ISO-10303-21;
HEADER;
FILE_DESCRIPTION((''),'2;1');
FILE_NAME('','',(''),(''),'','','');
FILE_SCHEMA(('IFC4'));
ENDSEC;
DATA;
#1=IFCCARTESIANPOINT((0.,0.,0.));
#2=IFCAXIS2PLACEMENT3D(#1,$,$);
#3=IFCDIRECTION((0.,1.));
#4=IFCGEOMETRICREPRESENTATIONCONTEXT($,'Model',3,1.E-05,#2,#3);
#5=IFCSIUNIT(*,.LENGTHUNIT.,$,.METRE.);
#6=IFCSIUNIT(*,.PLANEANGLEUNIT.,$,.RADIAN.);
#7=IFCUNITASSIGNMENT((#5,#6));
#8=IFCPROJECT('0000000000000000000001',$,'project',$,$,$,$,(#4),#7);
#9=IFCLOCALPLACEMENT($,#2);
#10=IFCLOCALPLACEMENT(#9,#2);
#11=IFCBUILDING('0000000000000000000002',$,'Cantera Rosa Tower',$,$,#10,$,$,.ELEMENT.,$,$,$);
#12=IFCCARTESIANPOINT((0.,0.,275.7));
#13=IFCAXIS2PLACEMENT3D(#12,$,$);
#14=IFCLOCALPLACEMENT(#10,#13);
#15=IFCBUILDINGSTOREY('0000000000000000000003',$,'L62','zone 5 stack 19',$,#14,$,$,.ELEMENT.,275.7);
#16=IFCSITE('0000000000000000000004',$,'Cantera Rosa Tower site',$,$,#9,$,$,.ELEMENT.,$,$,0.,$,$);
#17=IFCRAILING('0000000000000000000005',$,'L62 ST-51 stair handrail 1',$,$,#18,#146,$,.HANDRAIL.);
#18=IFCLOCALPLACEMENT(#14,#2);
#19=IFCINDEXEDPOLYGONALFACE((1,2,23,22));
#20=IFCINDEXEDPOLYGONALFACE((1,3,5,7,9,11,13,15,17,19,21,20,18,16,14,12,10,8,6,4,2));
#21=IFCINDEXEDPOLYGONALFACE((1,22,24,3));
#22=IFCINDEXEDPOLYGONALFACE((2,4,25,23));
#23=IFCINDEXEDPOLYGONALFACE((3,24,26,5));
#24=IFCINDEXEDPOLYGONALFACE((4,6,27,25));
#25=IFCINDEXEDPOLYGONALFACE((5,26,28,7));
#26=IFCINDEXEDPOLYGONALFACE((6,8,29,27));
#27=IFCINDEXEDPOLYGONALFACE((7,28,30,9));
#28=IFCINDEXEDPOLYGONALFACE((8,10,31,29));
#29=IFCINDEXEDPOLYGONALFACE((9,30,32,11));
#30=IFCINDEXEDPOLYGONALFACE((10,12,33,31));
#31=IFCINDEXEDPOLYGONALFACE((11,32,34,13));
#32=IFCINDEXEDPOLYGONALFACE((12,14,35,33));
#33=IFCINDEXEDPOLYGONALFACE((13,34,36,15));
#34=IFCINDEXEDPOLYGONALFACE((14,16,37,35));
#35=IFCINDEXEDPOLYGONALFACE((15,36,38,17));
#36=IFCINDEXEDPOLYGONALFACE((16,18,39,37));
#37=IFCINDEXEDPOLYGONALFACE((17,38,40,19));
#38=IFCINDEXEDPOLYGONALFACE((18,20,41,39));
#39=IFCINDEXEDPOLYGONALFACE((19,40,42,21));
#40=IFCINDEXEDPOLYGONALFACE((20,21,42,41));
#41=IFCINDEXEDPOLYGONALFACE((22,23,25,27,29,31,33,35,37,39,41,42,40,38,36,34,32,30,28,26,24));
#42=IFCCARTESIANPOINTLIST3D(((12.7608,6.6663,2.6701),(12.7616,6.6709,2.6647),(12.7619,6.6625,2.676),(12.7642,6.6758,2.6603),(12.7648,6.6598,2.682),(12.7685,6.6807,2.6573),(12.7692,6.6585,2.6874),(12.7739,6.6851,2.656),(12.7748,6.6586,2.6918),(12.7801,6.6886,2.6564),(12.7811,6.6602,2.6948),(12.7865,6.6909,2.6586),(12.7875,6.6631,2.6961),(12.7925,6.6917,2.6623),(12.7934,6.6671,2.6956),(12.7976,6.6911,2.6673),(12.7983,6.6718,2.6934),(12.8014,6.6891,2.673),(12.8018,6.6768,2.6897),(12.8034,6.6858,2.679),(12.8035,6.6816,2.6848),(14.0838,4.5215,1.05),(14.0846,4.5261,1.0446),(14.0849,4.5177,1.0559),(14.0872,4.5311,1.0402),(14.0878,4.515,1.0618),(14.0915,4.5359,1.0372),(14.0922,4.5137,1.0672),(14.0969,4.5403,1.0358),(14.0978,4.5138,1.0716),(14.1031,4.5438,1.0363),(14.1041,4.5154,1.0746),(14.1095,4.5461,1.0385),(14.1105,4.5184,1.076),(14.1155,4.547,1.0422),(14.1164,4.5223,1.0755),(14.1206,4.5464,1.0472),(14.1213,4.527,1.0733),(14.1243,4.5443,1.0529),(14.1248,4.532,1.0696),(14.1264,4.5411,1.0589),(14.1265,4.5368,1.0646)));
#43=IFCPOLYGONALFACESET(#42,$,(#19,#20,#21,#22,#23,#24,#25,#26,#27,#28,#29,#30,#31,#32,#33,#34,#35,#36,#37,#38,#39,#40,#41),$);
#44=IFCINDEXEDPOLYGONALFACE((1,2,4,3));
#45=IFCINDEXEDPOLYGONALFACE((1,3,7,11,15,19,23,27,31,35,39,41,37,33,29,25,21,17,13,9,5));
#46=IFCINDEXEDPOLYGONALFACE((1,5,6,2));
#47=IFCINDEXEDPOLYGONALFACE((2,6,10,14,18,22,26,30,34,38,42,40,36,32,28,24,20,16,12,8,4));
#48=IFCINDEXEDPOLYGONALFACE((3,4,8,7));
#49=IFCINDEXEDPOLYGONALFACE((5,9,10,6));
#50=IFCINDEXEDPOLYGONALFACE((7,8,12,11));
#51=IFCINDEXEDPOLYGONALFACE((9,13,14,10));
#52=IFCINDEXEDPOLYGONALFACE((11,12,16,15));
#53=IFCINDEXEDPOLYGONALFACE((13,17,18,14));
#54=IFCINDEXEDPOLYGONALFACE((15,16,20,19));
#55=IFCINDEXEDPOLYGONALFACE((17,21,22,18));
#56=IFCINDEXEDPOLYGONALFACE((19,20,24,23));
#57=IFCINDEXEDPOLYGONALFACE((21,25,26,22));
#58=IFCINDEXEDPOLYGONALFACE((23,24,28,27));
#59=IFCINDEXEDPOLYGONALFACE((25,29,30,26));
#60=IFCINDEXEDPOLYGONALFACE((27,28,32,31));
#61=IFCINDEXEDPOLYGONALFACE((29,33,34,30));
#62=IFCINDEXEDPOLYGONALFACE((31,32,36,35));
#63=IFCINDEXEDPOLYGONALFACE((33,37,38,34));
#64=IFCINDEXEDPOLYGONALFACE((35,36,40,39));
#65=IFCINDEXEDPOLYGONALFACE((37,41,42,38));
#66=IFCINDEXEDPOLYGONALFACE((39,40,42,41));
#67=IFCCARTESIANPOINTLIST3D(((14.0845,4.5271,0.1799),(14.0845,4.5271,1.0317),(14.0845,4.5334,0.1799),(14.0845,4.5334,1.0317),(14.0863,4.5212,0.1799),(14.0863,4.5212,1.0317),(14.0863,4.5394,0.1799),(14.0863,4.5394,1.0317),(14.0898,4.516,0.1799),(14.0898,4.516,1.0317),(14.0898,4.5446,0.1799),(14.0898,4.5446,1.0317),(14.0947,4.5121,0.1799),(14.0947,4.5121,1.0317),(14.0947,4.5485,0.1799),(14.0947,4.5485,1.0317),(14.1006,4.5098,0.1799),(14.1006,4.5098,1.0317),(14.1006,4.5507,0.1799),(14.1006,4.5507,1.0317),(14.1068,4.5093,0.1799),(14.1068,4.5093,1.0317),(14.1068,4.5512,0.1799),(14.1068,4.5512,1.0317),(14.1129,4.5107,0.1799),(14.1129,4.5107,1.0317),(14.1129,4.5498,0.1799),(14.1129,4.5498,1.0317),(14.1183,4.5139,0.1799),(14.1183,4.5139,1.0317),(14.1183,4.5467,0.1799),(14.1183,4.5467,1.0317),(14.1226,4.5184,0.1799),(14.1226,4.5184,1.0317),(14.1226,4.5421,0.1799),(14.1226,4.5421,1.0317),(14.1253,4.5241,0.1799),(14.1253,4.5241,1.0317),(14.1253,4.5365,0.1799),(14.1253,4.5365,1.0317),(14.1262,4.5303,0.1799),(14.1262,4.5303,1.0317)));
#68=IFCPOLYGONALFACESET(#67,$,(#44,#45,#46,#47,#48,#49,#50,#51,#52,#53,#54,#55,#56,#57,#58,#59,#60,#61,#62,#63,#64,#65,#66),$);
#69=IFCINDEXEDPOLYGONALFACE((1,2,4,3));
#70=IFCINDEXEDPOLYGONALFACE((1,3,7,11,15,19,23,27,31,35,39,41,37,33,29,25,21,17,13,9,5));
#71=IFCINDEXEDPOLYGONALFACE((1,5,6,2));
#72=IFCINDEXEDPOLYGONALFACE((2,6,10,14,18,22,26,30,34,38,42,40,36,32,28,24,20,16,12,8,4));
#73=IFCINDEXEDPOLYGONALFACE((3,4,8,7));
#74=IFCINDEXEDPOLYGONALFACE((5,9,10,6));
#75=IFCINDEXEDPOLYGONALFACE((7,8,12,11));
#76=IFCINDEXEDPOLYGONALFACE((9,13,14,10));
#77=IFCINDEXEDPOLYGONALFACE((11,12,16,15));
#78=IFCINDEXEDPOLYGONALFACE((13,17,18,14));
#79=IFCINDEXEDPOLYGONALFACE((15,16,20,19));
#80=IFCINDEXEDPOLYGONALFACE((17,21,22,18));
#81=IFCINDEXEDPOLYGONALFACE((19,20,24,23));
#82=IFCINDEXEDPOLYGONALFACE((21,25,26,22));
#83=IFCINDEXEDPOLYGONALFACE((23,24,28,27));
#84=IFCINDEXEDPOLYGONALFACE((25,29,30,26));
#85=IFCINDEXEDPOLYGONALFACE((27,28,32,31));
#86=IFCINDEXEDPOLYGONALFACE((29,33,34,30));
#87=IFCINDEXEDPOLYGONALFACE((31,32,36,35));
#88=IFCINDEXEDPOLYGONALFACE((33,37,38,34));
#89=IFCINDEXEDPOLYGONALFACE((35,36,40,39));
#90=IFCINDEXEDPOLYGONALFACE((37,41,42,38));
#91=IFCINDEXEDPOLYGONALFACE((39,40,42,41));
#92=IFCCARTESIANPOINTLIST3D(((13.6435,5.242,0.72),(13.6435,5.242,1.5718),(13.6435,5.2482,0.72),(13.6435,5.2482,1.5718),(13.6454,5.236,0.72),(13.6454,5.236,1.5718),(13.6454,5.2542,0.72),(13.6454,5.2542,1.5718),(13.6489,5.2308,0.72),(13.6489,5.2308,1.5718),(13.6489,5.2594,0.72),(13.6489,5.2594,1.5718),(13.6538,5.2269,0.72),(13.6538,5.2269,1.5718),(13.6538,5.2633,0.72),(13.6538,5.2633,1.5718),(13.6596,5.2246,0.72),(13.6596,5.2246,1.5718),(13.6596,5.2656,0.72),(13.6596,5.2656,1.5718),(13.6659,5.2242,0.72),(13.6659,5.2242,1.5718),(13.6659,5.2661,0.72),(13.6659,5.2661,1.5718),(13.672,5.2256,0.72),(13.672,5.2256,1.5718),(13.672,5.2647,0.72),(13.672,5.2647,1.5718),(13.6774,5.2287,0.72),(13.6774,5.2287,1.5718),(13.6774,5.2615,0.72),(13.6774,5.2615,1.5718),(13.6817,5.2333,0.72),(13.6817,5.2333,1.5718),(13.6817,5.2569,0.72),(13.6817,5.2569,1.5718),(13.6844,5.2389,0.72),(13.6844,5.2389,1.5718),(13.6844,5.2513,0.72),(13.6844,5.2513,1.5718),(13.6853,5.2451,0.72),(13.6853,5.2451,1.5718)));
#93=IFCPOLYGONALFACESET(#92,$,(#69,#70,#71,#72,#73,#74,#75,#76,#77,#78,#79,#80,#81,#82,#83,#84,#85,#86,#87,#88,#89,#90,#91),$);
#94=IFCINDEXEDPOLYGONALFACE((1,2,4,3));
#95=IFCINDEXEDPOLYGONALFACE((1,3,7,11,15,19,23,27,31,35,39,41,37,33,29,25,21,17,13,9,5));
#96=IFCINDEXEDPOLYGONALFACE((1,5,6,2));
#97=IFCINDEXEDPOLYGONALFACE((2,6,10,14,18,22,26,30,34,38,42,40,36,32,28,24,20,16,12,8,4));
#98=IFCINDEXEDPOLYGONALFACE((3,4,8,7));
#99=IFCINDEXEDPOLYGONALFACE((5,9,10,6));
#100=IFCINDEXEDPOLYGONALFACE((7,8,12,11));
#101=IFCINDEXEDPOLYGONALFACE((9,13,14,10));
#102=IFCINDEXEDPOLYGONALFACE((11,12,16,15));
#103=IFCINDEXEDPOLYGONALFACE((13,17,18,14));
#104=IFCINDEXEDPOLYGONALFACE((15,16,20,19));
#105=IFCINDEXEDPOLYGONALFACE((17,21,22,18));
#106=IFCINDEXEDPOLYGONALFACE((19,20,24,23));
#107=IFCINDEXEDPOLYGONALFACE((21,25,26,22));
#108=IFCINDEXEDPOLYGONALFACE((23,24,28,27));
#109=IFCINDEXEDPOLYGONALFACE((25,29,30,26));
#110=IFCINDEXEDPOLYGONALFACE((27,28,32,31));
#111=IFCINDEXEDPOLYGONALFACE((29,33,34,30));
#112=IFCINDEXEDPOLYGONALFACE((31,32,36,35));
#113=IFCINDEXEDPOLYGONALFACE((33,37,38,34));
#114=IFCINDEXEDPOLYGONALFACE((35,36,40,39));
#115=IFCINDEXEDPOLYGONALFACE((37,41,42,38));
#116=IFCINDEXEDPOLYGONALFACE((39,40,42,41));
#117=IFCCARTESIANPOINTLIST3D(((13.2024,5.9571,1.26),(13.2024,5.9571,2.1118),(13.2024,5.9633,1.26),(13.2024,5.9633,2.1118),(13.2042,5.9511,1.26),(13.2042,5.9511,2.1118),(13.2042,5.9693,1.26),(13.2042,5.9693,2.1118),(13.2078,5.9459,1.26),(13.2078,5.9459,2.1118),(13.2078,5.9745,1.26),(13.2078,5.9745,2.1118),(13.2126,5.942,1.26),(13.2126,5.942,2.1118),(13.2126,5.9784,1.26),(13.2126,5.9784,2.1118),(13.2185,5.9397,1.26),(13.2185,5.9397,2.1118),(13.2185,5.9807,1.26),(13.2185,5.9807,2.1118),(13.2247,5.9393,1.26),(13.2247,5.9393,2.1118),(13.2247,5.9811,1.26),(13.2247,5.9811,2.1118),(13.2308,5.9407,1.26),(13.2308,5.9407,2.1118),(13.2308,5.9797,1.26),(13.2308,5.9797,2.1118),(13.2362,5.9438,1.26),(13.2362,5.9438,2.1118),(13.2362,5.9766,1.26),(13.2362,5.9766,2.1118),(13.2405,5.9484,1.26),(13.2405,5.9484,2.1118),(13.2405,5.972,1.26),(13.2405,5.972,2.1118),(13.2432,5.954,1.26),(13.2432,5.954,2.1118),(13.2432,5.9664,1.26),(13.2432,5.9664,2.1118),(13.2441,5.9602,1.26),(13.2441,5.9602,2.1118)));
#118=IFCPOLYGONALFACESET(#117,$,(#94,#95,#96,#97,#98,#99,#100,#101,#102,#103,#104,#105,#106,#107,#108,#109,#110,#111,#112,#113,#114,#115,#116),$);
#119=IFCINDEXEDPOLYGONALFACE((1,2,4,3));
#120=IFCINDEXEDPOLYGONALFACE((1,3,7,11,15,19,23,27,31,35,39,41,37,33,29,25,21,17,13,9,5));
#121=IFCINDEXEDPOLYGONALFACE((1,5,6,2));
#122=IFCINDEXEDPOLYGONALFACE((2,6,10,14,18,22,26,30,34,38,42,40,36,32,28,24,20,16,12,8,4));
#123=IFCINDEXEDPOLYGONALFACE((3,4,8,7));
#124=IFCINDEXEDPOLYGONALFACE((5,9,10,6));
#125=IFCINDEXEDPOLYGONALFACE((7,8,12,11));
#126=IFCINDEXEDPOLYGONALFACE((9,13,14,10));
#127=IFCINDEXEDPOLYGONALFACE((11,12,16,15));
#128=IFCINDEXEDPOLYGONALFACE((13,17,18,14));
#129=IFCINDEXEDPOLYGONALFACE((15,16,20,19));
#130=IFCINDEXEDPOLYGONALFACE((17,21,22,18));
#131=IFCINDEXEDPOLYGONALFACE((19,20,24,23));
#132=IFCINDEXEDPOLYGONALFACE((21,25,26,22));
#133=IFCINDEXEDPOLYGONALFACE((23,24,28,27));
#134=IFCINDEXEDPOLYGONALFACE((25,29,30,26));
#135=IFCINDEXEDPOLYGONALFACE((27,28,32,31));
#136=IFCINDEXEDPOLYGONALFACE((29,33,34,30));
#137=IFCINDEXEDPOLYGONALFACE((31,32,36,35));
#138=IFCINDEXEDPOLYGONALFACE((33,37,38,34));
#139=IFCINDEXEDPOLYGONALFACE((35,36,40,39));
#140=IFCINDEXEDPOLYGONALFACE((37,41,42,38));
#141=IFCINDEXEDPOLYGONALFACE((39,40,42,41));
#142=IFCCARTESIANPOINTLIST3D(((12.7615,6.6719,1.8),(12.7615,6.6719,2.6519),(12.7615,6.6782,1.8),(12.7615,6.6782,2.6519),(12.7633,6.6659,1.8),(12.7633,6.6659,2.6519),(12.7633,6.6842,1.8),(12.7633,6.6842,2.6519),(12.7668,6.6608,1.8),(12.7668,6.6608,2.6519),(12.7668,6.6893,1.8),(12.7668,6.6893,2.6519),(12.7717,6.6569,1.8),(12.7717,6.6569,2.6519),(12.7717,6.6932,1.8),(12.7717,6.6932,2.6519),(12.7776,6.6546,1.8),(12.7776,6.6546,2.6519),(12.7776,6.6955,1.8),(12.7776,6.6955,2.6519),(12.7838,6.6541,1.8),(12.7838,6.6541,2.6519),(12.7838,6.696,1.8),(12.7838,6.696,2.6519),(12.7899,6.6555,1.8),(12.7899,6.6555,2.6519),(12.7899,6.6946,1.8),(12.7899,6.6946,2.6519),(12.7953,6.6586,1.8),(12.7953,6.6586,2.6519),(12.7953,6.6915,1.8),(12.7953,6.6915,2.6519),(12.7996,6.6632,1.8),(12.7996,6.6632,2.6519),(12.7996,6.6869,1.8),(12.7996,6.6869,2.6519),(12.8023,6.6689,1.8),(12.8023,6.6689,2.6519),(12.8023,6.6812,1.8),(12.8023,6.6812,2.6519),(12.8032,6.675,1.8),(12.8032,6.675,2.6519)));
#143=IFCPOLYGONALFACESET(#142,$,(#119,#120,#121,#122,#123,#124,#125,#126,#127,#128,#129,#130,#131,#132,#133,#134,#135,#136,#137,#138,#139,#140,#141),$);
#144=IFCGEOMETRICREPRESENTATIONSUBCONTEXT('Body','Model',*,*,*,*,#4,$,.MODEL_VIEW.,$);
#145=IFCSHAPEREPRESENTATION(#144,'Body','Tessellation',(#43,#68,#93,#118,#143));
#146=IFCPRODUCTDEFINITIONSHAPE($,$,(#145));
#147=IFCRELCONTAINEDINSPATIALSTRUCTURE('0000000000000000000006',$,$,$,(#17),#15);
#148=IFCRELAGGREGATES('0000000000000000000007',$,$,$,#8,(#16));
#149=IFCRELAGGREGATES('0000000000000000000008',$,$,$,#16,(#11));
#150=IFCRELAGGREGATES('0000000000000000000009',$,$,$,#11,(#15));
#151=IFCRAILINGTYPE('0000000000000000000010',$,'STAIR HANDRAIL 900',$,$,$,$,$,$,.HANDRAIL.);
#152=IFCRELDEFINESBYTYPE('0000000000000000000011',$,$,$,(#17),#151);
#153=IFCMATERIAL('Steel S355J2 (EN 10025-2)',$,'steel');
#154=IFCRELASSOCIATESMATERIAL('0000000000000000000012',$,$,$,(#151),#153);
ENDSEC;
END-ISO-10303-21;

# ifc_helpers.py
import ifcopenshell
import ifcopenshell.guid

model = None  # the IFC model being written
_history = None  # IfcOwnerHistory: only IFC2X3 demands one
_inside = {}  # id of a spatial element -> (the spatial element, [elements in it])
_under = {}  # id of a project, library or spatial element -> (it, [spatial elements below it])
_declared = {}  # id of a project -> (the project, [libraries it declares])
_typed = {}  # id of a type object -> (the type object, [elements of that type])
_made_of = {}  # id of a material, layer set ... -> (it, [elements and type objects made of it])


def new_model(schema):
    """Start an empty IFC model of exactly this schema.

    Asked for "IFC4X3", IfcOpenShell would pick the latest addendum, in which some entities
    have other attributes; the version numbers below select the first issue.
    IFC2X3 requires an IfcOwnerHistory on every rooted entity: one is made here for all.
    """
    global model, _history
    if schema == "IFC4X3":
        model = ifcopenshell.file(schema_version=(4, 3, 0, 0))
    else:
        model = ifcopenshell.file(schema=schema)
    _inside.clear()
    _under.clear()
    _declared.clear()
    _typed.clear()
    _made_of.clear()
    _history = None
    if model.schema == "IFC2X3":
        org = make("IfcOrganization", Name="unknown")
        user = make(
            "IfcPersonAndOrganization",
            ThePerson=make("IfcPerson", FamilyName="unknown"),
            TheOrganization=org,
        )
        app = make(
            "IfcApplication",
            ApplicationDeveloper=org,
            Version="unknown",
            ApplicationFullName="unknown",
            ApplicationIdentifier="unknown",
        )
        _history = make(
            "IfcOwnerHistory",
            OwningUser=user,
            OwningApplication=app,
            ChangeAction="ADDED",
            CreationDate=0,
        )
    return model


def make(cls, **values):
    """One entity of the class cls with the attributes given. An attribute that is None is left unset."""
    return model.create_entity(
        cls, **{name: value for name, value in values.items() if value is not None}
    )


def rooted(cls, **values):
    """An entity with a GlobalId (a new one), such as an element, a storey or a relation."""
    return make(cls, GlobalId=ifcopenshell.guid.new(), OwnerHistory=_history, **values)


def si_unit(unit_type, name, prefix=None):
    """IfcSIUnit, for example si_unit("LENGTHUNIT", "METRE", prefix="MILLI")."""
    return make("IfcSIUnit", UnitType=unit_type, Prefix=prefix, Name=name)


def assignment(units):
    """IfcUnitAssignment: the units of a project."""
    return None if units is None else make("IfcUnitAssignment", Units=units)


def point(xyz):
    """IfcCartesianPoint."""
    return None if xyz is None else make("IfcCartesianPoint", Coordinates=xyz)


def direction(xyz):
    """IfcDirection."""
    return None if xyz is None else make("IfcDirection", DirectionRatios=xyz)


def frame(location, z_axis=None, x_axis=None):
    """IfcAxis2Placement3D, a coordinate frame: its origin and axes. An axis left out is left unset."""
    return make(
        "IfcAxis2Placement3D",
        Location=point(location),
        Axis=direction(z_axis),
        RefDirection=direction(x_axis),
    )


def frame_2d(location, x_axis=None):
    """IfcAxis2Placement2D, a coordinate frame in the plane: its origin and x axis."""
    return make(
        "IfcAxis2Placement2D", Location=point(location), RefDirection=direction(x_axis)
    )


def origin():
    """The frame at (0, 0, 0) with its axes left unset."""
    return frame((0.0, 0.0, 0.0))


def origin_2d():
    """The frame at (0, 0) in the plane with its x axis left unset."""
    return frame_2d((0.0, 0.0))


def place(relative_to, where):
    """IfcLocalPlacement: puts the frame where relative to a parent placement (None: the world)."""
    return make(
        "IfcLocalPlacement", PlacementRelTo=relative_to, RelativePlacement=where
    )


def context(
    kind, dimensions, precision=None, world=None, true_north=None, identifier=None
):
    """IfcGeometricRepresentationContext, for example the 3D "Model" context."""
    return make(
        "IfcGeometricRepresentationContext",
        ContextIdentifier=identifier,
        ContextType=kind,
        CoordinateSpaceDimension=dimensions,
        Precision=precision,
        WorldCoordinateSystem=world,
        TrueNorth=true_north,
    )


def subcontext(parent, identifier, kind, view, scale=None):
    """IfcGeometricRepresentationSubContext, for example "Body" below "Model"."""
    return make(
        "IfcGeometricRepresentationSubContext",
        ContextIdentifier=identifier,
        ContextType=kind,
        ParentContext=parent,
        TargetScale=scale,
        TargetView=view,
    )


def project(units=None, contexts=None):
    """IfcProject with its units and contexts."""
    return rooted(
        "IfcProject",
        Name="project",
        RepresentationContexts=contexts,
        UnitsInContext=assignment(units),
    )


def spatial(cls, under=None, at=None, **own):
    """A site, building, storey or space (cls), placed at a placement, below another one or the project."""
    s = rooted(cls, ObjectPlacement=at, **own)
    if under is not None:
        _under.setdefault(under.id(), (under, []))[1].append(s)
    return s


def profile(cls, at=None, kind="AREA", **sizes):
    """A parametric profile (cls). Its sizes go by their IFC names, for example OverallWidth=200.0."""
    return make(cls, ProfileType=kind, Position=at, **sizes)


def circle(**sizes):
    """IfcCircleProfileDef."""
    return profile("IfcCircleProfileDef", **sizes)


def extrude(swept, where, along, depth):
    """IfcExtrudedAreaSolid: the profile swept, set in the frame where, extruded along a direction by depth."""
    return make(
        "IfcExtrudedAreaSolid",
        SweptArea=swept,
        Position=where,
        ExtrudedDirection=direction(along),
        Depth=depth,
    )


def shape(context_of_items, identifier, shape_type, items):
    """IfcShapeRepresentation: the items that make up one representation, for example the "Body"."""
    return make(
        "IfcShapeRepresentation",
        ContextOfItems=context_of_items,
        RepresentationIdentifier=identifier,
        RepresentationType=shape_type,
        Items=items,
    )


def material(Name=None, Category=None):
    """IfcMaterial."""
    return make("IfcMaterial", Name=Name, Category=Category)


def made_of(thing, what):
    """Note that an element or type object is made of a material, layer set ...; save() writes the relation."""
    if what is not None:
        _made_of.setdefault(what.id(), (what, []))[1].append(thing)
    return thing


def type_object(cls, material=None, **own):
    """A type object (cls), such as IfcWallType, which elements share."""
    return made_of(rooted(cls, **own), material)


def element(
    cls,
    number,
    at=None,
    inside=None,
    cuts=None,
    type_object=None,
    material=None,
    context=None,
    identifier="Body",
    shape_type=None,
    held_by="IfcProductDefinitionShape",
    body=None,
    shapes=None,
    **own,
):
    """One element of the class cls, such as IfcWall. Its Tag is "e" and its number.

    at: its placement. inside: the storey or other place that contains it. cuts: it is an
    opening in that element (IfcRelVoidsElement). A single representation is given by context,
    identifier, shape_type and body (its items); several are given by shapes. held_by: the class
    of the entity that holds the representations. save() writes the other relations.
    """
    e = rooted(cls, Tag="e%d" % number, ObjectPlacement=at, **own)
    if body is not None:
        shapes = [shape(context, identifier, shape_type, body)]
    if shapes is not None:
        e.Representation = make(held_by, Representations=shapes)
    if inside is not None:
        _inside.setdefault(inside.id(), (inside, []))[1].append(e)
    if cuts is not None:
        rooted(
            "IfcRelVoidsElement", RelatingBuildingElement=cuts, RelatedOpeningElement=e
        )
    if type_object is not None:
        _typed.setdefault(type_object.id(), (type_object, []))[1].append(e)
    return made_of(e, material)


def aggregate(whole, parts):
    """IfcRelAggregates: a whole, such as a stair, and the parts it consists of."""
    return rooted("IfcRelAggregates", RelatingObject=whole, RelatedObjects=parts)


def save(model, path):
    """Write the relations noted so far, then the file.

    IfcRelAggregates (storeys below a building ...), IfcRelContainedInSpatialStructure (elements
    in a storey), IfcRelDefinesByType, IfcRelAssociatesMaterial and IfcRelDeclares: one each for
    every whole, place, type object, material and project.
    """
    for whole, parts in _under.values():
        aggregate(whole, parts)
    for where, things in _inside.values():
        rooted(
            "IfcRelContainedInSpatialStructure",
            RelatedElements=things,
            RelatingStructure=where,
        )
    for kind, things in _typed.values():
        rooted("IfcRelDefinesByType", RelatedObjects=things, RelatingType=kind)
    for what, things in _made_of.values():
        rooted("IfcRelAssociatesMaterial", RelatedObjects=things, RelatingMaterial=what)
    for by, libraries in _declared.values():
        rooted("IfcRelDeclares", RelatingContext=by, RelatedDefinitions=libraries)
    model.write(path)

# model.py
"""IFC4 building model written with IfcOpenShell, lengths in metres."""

from ifc_helpers import new_model, si_unit, direction, frame, origin, origin_2d, place, context, subcontext, project, spatial, circle, extrude, material, type_object, element, save


model = new_model("IFC4")

# Units and contexts
model_context = context("Model", 3, precision=1e-05, world=origin(), true_north=direction((0.0, 1.0)))
body_context = subcontext(model_context, "Body", "Model", "MODEL_VIEW")
ifc_project = project(units=[si_unit("LENGTHUNIT", "METRE"), si_unit("PLANEANGLEUNIT", "RADIAN")], contexts=[model_context])

# Site, building, storey
site_placement = place(None, origin())
site = spatial("IfcSite", under=ifc_project, at=site_placement, Name="Cantera Rosa Tower site", CompositionType="ELEMENT", RefElevation=0.0)
building_placement = place(site_placement, origin())
building = spatial("IfcBuilding", under=site, at=building_placement, Name="Cantera Rosa Tower", CompositionType="ELEMENT")
storey_placement = place(building_placement, frame((0.0, 0.0, 275.7)))
storey = spatial("IfcBuildingStorey", under=building, at=storey_placement, Name="L62", Description="zone 5 stack 19", CompositionType="ELEMENT", Elevation=275.7)

# Railing
ifc_material_1 = material(Name="Steel S355J2 (EN 10025-2)", Category="steel")
railing_type_1 = type_object("IfcRailingType", Name="STAIR HANDRAIL 900", PredefinedType="HANDRAIL", material=ifc_material_1)
railing_1_placement = place(storey_placement, frame((14.1052, 4.5303, 0.1799)))
element("IfcRailing", 1, at=railing_1_placement, inside=storey, type_object=railing_type_1, Name="L62 ST-51 stair handrail 1", PredefinedType="HANDRAIL", context=body_context, shape_type="SweptSolid", body=[
    extrude(circle(Radius=0.0239, at=origin_2d()), frame((0.0, 0.0, 0.876), z_axis=(-0.441609, 0.715914, 0.540786), x_axis=(-0.851102, -0.525, 0.0)), (0.0, 0.0, 1.0), 2.9958),
    extrude(circle(Radius=0.021, at=origin_2d()), origin(), (0.0, 0.0, 1.0), 0.8518),
    extrude(circle(Radius=0.021, at=origin_2d()), frame((-0.4409, 0.7148, 0.54)), (0.0, 0.0, 1.0), 0.8518),
    extrude(circle(Radius=0.021, at=origin_2d()), frame((-0.8821, 1.4299, 1.0801)), (0.0, 0.0, 1.0), 0.8518),
    extrude(circle(Radius=0.021, at=origin_2d()), frame((-1.323, 2.1448, 1.6201)), (0.0, 0.0, 1.0), 0.8518),
])

save(model, "model.ifc")
